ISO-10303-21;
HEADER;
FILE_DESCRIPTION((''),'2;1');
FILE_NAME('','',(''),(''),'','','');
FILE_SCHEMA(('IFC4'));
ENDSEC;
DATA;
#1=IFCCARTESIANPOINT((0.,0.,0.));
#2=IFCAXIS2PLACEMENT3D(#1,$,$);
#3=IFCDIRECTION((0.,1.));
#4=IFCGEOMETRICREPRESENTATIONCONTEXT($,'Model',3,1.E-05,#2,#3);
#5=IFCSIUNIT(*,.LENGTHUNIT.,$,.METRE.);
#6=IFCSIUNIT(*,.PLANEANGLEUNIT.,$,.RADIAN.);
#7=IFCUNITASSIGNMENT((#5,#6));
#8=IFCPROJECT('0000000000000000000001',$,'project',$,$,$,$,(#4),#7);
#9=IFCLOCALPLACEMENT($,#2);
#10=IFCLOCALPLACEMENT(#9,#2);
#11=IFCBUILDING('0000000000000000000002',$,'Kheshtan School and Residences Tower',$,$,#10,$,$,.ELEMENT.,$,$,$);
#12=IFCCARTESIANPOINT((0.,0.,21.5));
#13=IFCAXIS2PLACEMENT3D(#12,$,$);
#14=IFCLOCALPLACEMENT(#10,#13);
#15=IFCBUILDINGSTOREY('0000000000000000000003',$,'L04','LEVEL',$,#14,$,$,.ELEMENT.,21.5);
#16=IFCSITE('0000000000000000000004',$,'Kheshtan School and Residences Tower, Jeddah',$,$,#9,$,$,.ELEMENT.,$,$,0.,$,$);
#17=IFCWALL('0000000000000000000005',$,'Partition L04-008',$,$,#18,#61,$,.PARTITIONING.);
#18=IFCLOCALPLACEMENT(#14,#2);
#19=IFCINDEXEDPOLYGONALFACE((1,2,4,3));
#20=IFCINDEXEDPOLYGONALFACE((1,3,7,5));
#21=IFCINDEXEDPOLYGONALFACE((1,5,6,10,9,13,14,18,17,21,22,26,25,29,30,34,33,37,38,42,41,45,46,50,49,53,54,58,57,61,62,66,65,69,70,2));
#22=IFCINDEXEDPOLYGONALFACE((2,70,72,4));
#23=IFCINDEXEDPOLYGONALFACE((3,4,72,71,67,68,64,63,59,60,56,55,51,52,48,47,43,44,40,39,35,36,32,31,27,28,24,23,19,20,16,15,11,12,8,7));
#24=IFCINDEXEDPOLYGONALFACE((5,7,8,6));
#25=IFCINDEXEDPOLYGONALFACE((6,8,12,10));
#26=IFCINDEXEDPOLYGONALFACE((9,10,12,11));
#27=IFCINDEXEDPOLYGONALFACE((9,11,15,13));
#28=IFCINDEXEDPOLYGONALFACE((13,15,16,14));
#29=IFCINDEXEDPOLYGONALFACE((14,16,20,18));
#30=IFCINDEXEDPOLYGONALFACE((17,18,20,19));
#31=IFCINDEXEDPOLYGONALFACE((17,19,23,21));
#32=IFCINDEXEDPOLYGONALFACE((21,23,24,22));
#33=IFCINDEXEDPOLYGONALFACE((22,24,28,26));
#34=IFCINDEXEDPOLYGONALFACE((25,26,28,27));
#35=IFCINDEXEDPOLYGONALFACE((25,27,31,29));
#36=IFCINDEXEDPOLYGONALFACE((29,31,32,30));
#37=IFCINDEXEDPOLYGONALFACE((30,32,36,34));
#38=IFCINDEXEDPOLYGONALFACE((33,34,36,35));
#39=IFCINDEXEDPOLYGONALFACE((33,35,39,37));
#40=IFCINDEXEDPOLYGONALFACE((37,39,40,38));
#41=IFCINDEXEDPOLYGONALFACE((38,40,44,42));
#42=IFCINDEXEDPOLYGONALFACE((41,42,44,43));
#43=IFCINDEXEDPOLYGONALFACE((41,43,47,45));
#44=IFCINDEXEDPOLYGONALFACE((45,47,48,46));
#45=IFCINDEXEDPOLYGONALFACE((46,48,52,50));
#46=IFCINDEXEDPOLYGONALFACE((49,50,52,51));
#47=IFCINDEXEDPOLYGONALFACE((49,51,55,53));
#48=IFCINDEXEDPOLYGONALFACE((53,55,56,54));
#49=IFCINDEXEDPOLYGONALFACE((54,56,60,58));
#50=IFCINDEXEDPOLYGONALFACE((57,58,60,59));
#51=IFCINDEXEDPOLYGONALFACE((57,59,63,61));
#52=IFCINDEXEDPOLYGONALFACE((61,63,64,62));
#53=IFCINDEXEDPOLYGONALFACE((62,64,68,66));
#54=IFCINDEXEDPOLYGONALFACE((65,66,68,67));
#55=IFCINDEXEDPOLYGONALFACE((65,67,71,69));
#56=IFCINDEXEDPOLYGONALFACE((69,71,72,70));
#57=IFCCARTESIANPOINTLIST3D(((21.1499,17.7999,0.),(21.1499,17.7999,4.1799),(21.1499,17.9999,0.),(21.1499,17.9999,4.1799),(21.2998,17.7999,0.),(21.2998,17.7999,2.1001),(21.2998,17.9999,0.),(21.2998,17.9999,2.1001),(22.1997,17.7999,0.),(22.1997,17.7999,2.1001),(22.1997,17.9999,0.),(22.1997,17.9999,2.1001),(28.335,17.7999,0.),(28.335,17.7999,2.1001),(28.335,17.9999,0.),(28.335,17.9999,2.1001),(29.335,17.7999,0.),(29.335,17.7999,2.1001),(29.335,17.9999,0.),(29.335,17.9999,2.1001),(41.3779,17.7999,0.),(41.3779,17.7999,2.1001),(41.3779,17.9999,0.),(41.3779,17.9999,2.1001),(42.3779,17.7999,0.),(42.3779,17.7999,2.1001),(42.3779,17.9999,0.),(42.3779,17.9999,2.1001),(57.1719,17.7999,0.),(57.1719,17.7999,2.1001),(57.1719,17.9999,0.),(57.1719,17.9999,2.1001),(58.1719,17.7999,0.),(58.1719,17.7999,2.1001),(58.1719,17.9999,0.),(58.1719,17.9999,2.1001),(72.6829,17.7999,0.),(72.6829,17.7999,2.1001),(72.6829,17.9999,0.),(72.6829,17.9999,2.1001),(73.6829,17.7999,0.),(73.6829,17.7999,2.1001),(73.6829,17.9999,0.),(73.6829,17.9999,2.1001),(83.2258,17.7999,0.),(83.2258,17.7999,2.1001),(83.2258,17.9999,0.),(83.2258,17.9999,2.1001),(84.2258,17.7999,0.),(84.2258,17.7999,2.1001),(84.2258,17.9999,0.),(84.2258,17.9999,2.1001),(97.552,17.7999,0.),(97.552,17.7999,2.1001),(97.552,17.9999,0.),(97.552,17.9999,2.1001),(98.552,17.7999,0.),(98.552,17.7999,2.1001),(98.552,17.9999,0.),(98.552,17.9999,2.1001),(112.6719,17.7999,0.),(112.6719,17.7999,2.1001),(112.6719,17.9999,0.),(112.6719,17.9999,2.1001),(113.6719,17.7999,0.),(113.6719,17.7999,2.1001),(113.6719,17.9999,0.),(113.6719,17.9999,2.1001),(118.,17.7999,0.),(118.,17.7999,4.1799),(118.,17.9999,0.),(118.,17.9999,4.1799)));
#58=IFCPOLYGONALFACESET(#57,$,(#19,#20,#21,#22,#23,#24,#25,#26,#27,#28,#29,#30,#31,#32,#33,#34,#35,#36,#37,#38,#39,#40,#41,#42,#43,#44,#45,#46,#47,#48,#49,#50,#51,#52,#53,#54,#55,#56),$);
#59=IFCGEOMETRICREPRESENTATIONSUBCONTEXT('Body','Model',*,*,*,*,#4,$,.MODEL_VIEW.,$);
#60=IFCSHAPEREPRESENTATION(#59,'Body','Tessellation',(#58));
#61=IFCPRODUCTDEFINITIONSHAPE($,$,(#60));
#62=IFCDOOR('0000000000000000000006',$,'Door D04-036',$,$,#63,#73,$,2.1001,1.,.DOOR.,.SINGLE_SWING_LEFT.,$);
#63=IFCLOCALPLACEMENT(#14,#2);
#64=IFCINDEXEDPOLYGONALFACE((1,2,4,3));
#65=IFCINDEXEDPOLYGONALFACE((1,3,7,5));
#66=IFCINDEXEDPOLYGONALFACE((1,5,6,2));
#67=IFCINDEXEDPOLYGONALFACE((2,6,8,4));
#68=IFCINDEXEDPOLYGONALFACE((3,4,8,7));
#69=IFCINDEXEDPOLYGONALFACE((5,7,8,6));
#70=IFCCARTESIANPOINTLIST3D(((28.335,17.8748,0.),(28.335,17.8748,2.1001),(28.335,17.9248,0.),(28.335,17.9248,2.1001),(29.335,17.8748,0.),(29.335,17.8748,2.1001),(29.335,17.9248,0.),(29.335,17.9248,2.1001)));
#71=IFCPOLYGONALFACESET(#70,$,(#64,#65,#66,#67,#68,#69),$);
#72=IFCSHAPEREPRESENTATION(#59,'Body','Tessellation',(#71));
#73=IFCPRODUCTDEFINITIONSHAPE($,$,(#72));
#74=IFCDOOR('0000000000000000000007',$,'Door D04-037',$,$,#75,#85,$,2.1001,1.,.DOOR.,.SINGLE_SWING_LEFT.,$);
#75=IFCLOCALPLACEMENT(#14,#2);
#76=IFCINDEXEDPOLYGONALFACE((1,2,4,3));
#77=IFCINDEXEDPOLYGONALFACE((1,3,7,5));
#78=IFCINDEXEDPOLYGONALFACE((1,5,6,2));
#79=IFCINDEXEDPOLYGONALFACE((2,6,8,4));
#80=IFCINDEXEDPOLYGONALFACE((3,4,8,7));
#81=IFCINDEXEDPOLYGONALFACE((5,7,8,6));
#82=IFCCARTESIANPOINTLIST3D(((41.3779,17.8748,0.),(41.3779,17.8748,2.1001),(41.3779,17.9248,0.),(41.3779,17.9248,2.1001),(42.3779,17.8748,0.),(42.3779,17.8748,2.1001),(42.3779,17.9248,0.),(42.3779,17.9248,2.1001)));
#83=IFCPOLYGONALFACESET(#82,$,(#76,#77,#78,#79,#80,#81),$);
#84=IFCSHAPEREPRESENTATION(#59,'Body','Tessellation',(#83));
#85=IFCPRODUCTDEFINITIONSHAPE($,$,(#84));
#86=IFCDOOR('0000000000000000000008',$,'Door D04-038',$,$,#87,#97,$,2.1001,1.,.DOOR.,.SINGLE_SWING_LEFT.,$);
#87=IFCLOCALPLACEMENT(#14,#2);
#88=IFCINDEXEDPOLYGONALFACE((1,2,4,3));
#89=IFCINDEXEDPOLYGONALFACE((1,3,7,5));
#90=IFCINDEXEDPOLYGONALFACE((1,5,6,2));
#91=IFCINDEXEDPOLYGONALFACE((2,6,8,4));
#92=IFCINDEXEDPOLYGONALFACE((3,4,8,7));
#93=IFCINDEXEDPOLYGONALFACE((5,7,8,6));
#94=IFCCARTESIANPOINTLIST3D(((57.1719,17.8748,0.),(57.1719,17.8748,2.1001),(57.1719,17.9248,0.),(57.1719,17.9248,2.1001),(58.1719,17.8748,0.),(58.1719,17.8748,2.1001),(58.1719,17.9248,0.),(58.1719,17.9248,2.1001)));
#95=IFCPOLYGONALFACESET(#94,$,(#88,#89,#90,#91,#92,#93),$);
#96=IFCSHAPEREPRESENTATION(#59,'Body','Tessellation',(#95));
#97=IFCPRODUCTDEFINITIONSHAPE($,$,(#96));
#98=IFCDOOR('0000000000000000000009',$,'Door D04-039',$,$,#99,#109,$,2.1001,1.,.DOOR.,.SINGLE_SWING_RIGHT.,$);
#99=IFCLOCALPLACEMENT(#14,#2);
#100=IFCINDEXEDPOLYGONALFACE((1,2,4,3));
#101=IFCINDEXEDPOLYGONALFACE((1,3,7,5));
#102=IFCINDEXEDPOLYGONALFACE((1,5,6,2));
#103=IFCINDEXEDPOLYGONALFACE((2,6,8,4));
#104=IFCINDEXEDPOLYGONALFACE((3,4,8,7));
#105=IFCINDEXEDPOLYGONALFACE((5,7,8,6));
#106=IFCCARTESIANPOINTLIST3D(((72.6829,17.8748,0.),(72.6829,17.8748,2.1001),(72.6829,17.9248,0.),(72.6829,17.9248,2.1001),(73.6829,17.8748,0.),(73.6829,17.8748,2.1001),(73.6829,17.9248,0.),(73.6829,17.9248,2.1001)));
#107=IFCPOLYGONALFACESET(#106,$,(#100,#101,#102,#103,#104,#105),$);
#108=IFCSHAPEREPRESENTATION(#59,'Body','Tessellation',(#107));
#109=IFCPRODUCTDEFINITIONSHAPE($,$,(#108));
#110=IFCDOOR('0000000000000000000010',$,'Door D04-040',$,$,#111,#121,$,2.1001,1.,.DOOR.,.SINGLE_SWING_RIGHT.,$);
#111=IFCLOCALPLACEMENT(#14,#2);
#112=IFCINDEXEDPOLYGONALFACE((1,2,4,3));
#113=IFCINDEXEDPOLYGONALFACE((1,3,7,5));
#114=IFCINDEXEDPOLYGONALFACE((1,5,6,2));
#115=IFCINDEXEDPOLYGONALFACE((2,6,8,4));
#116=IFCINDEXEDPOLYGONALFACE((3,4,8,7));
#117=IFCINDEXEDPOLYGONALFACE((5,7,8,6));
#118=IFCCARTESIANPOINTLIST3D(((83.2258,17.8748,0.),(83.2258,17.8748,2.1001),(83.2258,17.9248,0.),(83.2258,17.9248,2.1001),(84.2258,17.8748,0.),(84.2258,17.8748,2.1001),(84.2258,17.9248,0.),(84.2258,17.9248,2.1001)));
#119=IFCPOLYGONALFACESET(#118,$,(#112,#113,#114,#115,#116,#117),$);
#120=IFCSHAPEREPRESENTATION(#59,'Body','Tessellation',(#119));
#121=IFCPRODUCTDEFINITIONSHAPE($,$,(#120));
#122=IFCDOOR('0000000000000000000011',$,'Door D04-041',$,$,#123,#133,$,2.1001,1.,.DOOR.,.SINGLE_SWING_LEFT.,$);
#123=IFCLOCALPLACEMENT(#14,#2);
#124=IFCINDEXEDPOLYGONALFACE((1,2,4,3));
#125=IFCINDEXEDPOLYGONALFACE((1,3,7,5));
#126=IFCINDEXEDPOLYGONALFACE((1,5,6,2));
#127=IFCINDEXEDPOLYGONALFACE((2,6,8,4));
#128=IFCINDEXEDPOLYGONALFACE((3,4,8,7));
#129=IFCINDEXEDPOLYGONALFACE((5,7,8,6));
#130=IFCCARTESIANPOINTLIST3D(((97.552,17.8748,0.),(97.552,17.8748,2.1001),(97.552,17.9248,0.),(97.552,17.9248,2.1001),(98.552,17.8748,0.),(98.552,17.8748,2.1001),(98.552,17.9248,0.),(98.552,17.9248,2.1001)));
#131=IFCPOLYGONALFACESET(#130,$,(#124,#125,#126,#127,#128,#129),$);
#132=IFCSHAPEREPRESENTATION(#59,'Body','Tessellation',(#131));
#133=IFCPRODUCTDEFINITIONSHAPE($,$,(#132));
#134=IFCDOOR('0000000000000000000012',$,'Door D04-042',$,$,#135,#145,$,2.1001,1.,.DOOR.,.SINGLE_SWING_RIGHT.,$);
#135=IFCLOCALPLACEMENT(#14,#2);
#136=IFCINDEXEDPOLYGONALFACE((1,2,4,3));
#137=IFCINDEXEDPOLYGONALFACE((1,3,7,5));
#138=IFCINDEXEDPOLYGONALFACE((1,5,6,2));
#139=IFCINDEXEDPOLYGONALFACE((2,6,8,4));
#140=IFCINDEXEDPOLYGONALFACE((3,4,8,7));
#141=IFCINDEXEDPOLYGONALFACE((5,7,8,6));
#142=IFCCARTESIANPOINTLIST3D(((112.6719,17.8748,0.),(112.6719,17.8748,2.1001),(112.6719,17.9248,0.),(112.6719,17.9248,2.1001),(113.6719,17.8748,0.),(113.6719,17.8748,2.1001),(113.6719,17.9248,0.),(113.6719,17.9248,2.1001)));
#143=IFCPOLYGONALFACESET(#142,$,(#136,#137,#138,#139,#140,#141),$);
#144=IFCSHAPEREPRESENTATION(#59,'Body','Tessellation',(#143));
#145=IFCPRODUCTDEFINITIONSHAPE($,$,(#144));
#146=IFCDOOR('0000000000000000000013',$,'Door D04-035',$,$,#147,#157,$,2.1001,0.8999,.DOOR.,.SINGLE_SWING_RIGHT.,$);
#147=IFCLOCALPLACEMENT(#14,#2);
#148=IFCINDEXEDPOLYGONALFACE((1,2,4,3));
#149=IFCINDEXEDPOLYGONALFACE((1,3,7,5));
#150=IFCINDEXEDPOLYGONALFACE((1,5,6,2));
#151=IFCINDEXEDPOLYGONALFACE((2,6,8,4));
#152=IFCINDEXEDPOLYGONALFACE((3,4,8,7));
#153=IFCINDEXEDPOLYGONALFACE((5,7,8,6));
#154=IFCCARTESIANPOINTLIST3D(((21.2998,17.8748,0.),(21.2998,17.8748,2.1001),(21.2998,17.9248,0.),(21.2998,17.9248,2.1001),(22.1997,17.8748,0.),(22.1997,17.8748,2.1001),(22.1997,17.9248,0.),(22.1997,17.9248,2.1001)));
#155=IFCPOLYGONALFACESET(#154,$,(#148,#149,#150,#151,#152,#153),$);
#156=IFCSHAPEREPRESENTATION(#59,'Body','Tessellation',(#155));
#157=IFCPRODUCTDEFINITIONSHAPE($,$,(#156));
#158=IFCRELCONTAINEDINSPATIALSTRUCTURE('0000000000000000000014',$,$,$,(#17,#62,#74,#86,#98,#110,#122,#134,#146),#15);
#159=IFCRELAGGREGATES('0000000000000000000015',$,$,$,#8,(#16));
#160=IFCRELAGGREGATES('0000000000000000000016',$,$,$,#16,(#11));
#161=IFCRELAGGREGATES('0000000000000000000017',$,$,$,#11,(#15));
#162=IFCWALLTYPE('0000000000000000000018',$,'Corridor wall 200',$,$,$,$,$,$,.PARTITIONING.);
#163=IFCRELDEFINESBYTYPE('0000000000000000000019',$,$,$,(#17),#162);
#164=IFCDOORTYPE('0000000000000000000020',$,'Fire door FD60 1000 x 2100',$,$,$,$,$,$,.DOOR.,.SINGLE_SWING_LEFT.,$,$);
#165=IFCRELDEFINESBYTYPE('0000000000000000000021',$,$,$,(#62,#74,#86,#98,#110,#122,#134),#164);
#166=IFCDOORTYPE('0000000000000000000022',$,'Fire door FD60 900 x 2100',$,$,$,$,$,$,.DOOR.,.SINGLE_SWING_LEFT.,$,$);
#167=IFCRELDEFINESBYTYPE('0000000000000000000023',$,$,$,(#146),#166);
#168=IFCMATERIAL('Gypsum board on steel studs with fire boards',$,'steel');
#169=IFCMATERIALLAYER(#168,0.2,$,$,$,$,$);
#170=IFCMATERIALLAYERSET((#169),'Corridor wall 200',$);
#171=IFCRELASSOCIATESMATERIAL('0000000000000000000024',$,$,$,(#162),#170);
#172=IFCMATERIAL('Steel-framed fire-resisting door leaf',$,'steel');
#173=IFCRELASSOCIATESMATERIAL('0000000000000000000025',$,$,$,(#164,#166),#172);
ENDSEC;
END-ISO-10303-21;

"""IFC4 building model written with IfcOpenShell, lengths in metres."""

from ifc_helpers import new_model, si_unit, direction, frame, frame_2d, origin, place, context, subcontext, project, spatial, rectangle, extrude, source, transform, mapped, material, layer, layer_set, type_object, element, fill, save


model = new_model("IFC4")

# Units and contexts
model_context = context("Model", 3, precision=1e-05, world=origin(), true_north=direction((0.0, 1.0)))
body_context = subcontext(model_context, "Body", "Model", "MODEL_VIEW")
ifc_project = project(units=[si_unit("LENGTHUNIT", "METRE"), si_unit("PLANEANGLEUNIT", "RADIAN")], contexts=[model_context])

# Site, building, storey
site_placement = place(None, origin())
site = spatial("IfcSite", under=ifc_project, at=site_placement, Name="Kheshtan School and Residences Tower, Jeddah", CompositionType="ELEMENT", RefElevation=0.0)
building_placement = place(site_placement, origin())
building = spatial("IfcBuilding", under=site, at=building_placement, Name="Kheshtan School and Residences Tower", CompositionType="ELEMENT")
storey_placement = place(building_placement, frame((0.0, 0.0, 21.5)))
storey = spatial("IfcBuildingStorey", under=building, at=storey_placement, Name="L04", Description="LEVEL", CompositionType="ELEMENT", Elevation=21.5)

# Shared definitions
ifc_material_1 = material(Name="Gypsum board on steel studs with fire boards", Category="steel")
ifc_layer_1 = layer(ifc_material_1, 0.2)
ifc_layer_set_1 = layer_set([ifc_layer_1], Name="Corridor wall 200")
wall_type_1 = type_object("IfcWallType", Name="Corridor wall 200", PredefinedType="PARTITIONING", material=ifc_layer_set_1)
ifc_material_2 = material(Name="Steel-framed fire-resisting door leaf", Category="steel")
door_type_1 = type_object("IfcDoorType", Name="Fire door FD60 1000 x 2100", OperationType="SINGLE_SWING_LEFT", PredefinedType="DOOR", material=ifc_material_2)
shared_shape_1 = source(origin(), body_context, "Body", "SweptSolid", [
    extrude(rectangle(XDim=1.0, YDim=2.1001, at=frame_2d((0.5, 1.05))), frame((0.0, 0.0249, 0.0), z_axis=(0.0, -1.0, 0.0), x_axis=(1.0, 0.0, 0.0)), (0.0, 0.0, 1.0), 0.05),
])

# Wall, openings, doors
wall_1_placement = place(storey_placement, frame((21.1499, 17.8999, 0.0), z_axis=(0.0, 0.0, 1.0), x_axis=(1.0, 0.0, 0.0)))
wall_1 = element("IfcWall", 1, at=wall_1_placement, inside=storey, type_object=wall_type_1, Name="Partition L04-008", PredefinedType="PARTITIONING", context=body_context, shape_type="SweptSolid", body=[
    extrude(rectangle(XDim=96.8501, YDim=0.2, at=frame_2d((48.425, 0.0))), origin(), (0.0, 0.0, 1.0), 4.1799),
])
opening_1_placement = place(wall_1_placement, frame((0.1499, 0.0, 0.0)))
opening_1 = element("IfcOpeningElement", 2, at=opening_1_placement, cuts=wall_1, PredefinedType="OPENING", context=body_context, shape_type="SweptSolid", body=[
    extrude(rectangle(XDim=0.8999, YDim=2.1001, at=frame_2d((0.45, 1.05))), frame((0.0, 0.1099, 0.0), z_axis=(0.0, -1.0, 0.0), x_axis=(1.0, 0.0, 0.0)), (0.0, 0.0, 1.0), 0.22),
])
opening_2_placement = place(wall_1_placement, frame((7.1851, 0.0, 0.0)))
opening_2 = element("IfcOpeningElement", 3, at=opening_2_placement, cuts=wall_1, PredefinedType="OPENING", context=body_context, shape_type="SweptSolid", body=[
    extrude(rectangle(XDim=1.0, YDim=2.1001, at=frame_2d((0.5, 1.05))), frame((0.0, 0.1099, 0.0), z_axis=(0.0, -1.0, 0.0), x_axis=(1.0, 0.0, 0.0)), (0.0, 0.0, 1.0), 0.22),
])
opening_3_placement = place(wall_1_placement, frame((20.228, 0.0, 0.0)))
opening_3 = element("IfcOpeningElement", 4, at=opening_3_placement, cuts=wall_1, PredefinedType="OPENING", context=body_context, shape_type="SweptSolid", body=[
    extrude(rectangle(XDim=1.0, YDim=2.1001, at=frame_2d((0.5, 1.05))), frame((0.0, 0.1099, 0.0), z_axis=(0.0, -1.0, 0.0), x_axis=(1.0, 0.0, 0.0)), (0.0, 0.0, 1.0), 0.22),
])
opening_4_placement = place(wall_1_placement, frame((36.022, 0.0, 0.0)))
opening_4 = element("IfcOpeningElement", 5, at=opening_4_placement, cuts=wall_1, PredefinedType="OPENING", context=body_context, shape_type="SweptSolid", body=[
    extrude(rectangle(XDim=1.0, YDim=2.1001, at=frame_2d((0.5, 1.05))), frame((0.0, 0.1099, 0.0), z_axis=(0.0, -1.0, 0.0), x_axis=(1.0, 0.0, 0.0)), (0.0, 0.0, 1.0), 0.22),
])
opening_5_placement = place(wall_1_placement, frame((51.533, 0.0, 0.0)))
opening_5 = element("IfcOpeningElement", 6, at=opening_5_placement, cuts=wall_1, PredefinedType="OPENING", context=body_context, shape_type="SweptSolid", body=[
    extrude(rectangle(XDim=1.0, YDim=2.1001, at=frame_2d((0.5, 1.05))), frame((0.0, 0.1099, 0.0), z_axis=(0.0, -1.0, 0.0), x_axis=(1.0, 0.0, 0.0)), (0.0, 0.0, 1.0), 0.22),
])
opening_6_placement = place(wall_1_placement, frame((62.0759, 0.0, 0.0)))
opening_6 = element("IfcOpeningElement", 7, at=opening_6_placement, cuts=wall_1, PredefinedType="OPENING", context=body_context, shape_type="SweptSolid", body=[
    extrude(rectangle(XDim=1.0, YDim=2.1001, at=frame_2d((0.5, 1.05))), frame((0.0, 0.1099, 0.0), z_axis=(0.0, -1.0, 0.0), x_axis=(1.0, 0.0, 0.0)), (0.0, 0.0, 1.0), 0.22),
])
opening_7_placement = place(wall_1_placement, frame((76.4021, 0.0, 0.0)))
opening_7 = element("IfcOpeningElement", 8, at=opening_7_placement, cuts=wall_1, PredefinedType="OPENING", context=body_context, shape_type="SweptSolid", body=[
    extrude(rectangle(XDim=1.0, YDim=2.1001, at=frame_2d((0.5, 1.05))), frame((0.0, 0.1099, 0.0), z_axis=(0.0, -1.0, 0.0), x_axis=(1.0, 0.0, 0.0)), (0.0, 0.0, 1.0), 0.22),
])
opening_8_placement = place(wall_1_placement, frame((91.522, 0.0, 0.0)))
opening_8 = element("IfcOpeningElement", 9, at=opening_8_placement, cuts=wall_1, PredefinedType="OPENING", context=body_context, shape_type="SweptSolid", body=[
    extrude(rectangle(XDim=1.0, YDim=2.1001, at=frame_2d((0.5, 1.05))), frame((0.0, 0.1099, 0.0), z_axis=(0.0, -1.0, 0.0), x_axis=(1.0, 0.0, 0.0)), (0.0, 0.0, 1.0), 0.22),
])
door_1_placement = place(opening_2_placement, origin())
door_1 = element("IfcDoor", 10, at=door_1_placement, inside=storey, type_object=door_type_1, Name="Door D04-036", OperationType="SINGLE_SWING_LEFT", OverallHeight=2.1001, OverallWidth=1.0, PredefinedType="DOOR", context=body_context, shape_type="MappedRepresentation", body=[
    mapped(shared_shape_1, transform((0.0, 0.0, 0.0), x_axis=(1.0, 0.0, 0.0), y_axis=(0.0, 1.0, 0.0), z_axis=(0.0, 0.0, 1.0), scale=1.0)),
])
fill(opening_2, door_1)
door_2_placement = place(opening_3_placement, origin())
door_2 = element("IfcDoor", 11, at=door_2_placement, inside=storey, type_object=door_type_1, Name="Door D04-037", OperationType="SINGLE_SWING_LEFT", OverallHeight=2.1001, OverallWidth=1.0, PredefinedType="DOOR", context=body_context, shape_type="MappedRepresentation", body=[
    mapped(shared_shape_1, transform((0.0, 0.0, 0.0), x_axis=(1.0, 0.0, 0.0), y_axis=(0.0, 1.0, 0.0), z_axis=(0.0, 0.0, 1.0), scale=1.0)),
])
fill(opening_3, door_2)
door_3_placement = place(opening_4_placement, origin())
door_3 = element("IfcDoor", 12, at=door_3_placement, inside=storey, type_object=door_type_1, Name="Door D04-038", OperationType="SINGLE_SWING_LEFT", OverallHeight=2.1001, OverallWidth=1.0, PredefinedType="DOOR", context=body_context, shape_type="MappedRepresentation", body=[
    mapped(shared_shape_1, transform((0.0, 0.0, 0.0), x_axis=(1.0, 0.0, 0.0), y_axis=(0.0, 1.0, 0.0), z_axis=(0.0, 0.0, 1.0), scale=1.0)),
])
fill(opening_4, door_3)
door_4_placement = place(opening_5_placement, origin())
door_4 = element("IfcDoor", 13, at=door_4_placement, inside=storey, type_object=door_type_1, Name="Door D04-039", OperationType="SINGLE_SWING_RIGHT", OverallHeight=2.1001, OverallWidth=1.0, PredefinedType="DOOR", context=body_context, shape_type="MappedRepresentation", body=[
    mapped(shared_shape_1, transform((0.0, 0.0, 0.0), x_axis=(1.0, 0.0, 0.0), y_axis=(0.0, 1.0, 0.0), z_axis=(0.0, 0.0, 1.0), scale=1.0)),
])
fill(opening_5, door_4)
door_5_placement = place(opening_6_placement, origin())
door_5 = element("IfcDoor", 14, at=door_5_placement, inside=storey, type_object=door_type_1, Name="Door D04-040", OperationType="SINGLE_SWING_RIGHT", OverallHeight=2.1001, OverallWidth=1.0, PredefinedType="DOOR", context=body_context, shape_type="MappedRepresentation", body=[
    mapped(shared_shape_1, transform((0.0, 0.0, 0.0), x_axis=(1.0, 0.0, 0.0), y_axis=(0.0, 1.0, 0.0), z_axis=(0.0, 0.0, 1.0), scale=1.0)),
])
fill(opening_6, door_5)
door_6_placement = place(opening_7_placement, origin())
door_6 = element("IfcDoor", 15, at=door_6_placement, inside=storey, type_object=door_type_1, Name="Door D04-041", OperationType="SINGLE_SWING_LEFT", OverallHeight=2.1001, OverallWidth=1.0, PredefinedType="DOOR", context=body_context, shape_type="MappedRepresentation", body=[
    mapped(shared_shape_1, transform((0.0, 0.0, 0.0), x_axis=(1.0, 0.0, 0.0), y_axis=(0.0, 1.0, 0.0), z_axis=(0.0, 0.0, 1.0), scale=1.0)),
])
fill(opening_7, door_6)
door_7_placement = place(opening_8_placement, origin())
door_7 = element("IfcDoor", 16, at=door_7_placement, inside=storey, type_object=door_type_1, Name="Door D04-042", OperationType="SINGLE_SWING_RIGHT", OverallHeight=2.1001, OverallWidth=1.0, PredefinedType="DOOR", context=body_context, shape_type="MappedRepresentation", body=[
    mapped(shared_shape_1, transform((0.0, 0.0, 0.0), x_axis=(1.0, 0.0, 0.0), y_axis=(0.0, 1.0, 0.0), z_axis=(0.0, 0.0, 1.0), scale=1.0)),
])
fill(opening_8, door_7)
door_type_2 = type_object("IfcDoorType", Name="Fire door FD60 900 x 2100", OperationType="SINGLE_SWING_LEFT", PredefinedType="DOOR", material=ifc_material_2)
shared_shape_2 = source(origin(), body_context, "Body", "SweptSolid", [
    extrude(rectangle(XDim=0.8999, YDim=2.1001, at=frame_2d((0.45, 1.05))), frame((0.0, 0.0249, 0.0), z_axis=(0.0, -1.0, 0.0), x_axis=(1.0, 0.0, 0.0)), (0.0, 0.0, 1.0), 0.05),
])
door_8_placement = place(opening_1_placement, origin())
door_8 = element("IfcDoor", 17, at=door_8_placement, inside=storey, type_object=door_type_2, Name="Door D04-035", OperationType="SINGLE_SWING_RIGHT", OverallHeight=2.1001, OverallWidth=0.8999, PredefinedType="DOOR", context=body_context, shape_type="MappedRepresentation", body=[
    mapped(shared_shape_2, transform((0.0, 0.0, 0.0), x_axis=(1.0, 0.0, 0.0), y_axis=(0.0, 1.0, 0.0), z_axis=(0.0, 0.0, 1.0), scale=1.0)),
])
fill(opening_1, door_8)

save(model, "model.ifc")
